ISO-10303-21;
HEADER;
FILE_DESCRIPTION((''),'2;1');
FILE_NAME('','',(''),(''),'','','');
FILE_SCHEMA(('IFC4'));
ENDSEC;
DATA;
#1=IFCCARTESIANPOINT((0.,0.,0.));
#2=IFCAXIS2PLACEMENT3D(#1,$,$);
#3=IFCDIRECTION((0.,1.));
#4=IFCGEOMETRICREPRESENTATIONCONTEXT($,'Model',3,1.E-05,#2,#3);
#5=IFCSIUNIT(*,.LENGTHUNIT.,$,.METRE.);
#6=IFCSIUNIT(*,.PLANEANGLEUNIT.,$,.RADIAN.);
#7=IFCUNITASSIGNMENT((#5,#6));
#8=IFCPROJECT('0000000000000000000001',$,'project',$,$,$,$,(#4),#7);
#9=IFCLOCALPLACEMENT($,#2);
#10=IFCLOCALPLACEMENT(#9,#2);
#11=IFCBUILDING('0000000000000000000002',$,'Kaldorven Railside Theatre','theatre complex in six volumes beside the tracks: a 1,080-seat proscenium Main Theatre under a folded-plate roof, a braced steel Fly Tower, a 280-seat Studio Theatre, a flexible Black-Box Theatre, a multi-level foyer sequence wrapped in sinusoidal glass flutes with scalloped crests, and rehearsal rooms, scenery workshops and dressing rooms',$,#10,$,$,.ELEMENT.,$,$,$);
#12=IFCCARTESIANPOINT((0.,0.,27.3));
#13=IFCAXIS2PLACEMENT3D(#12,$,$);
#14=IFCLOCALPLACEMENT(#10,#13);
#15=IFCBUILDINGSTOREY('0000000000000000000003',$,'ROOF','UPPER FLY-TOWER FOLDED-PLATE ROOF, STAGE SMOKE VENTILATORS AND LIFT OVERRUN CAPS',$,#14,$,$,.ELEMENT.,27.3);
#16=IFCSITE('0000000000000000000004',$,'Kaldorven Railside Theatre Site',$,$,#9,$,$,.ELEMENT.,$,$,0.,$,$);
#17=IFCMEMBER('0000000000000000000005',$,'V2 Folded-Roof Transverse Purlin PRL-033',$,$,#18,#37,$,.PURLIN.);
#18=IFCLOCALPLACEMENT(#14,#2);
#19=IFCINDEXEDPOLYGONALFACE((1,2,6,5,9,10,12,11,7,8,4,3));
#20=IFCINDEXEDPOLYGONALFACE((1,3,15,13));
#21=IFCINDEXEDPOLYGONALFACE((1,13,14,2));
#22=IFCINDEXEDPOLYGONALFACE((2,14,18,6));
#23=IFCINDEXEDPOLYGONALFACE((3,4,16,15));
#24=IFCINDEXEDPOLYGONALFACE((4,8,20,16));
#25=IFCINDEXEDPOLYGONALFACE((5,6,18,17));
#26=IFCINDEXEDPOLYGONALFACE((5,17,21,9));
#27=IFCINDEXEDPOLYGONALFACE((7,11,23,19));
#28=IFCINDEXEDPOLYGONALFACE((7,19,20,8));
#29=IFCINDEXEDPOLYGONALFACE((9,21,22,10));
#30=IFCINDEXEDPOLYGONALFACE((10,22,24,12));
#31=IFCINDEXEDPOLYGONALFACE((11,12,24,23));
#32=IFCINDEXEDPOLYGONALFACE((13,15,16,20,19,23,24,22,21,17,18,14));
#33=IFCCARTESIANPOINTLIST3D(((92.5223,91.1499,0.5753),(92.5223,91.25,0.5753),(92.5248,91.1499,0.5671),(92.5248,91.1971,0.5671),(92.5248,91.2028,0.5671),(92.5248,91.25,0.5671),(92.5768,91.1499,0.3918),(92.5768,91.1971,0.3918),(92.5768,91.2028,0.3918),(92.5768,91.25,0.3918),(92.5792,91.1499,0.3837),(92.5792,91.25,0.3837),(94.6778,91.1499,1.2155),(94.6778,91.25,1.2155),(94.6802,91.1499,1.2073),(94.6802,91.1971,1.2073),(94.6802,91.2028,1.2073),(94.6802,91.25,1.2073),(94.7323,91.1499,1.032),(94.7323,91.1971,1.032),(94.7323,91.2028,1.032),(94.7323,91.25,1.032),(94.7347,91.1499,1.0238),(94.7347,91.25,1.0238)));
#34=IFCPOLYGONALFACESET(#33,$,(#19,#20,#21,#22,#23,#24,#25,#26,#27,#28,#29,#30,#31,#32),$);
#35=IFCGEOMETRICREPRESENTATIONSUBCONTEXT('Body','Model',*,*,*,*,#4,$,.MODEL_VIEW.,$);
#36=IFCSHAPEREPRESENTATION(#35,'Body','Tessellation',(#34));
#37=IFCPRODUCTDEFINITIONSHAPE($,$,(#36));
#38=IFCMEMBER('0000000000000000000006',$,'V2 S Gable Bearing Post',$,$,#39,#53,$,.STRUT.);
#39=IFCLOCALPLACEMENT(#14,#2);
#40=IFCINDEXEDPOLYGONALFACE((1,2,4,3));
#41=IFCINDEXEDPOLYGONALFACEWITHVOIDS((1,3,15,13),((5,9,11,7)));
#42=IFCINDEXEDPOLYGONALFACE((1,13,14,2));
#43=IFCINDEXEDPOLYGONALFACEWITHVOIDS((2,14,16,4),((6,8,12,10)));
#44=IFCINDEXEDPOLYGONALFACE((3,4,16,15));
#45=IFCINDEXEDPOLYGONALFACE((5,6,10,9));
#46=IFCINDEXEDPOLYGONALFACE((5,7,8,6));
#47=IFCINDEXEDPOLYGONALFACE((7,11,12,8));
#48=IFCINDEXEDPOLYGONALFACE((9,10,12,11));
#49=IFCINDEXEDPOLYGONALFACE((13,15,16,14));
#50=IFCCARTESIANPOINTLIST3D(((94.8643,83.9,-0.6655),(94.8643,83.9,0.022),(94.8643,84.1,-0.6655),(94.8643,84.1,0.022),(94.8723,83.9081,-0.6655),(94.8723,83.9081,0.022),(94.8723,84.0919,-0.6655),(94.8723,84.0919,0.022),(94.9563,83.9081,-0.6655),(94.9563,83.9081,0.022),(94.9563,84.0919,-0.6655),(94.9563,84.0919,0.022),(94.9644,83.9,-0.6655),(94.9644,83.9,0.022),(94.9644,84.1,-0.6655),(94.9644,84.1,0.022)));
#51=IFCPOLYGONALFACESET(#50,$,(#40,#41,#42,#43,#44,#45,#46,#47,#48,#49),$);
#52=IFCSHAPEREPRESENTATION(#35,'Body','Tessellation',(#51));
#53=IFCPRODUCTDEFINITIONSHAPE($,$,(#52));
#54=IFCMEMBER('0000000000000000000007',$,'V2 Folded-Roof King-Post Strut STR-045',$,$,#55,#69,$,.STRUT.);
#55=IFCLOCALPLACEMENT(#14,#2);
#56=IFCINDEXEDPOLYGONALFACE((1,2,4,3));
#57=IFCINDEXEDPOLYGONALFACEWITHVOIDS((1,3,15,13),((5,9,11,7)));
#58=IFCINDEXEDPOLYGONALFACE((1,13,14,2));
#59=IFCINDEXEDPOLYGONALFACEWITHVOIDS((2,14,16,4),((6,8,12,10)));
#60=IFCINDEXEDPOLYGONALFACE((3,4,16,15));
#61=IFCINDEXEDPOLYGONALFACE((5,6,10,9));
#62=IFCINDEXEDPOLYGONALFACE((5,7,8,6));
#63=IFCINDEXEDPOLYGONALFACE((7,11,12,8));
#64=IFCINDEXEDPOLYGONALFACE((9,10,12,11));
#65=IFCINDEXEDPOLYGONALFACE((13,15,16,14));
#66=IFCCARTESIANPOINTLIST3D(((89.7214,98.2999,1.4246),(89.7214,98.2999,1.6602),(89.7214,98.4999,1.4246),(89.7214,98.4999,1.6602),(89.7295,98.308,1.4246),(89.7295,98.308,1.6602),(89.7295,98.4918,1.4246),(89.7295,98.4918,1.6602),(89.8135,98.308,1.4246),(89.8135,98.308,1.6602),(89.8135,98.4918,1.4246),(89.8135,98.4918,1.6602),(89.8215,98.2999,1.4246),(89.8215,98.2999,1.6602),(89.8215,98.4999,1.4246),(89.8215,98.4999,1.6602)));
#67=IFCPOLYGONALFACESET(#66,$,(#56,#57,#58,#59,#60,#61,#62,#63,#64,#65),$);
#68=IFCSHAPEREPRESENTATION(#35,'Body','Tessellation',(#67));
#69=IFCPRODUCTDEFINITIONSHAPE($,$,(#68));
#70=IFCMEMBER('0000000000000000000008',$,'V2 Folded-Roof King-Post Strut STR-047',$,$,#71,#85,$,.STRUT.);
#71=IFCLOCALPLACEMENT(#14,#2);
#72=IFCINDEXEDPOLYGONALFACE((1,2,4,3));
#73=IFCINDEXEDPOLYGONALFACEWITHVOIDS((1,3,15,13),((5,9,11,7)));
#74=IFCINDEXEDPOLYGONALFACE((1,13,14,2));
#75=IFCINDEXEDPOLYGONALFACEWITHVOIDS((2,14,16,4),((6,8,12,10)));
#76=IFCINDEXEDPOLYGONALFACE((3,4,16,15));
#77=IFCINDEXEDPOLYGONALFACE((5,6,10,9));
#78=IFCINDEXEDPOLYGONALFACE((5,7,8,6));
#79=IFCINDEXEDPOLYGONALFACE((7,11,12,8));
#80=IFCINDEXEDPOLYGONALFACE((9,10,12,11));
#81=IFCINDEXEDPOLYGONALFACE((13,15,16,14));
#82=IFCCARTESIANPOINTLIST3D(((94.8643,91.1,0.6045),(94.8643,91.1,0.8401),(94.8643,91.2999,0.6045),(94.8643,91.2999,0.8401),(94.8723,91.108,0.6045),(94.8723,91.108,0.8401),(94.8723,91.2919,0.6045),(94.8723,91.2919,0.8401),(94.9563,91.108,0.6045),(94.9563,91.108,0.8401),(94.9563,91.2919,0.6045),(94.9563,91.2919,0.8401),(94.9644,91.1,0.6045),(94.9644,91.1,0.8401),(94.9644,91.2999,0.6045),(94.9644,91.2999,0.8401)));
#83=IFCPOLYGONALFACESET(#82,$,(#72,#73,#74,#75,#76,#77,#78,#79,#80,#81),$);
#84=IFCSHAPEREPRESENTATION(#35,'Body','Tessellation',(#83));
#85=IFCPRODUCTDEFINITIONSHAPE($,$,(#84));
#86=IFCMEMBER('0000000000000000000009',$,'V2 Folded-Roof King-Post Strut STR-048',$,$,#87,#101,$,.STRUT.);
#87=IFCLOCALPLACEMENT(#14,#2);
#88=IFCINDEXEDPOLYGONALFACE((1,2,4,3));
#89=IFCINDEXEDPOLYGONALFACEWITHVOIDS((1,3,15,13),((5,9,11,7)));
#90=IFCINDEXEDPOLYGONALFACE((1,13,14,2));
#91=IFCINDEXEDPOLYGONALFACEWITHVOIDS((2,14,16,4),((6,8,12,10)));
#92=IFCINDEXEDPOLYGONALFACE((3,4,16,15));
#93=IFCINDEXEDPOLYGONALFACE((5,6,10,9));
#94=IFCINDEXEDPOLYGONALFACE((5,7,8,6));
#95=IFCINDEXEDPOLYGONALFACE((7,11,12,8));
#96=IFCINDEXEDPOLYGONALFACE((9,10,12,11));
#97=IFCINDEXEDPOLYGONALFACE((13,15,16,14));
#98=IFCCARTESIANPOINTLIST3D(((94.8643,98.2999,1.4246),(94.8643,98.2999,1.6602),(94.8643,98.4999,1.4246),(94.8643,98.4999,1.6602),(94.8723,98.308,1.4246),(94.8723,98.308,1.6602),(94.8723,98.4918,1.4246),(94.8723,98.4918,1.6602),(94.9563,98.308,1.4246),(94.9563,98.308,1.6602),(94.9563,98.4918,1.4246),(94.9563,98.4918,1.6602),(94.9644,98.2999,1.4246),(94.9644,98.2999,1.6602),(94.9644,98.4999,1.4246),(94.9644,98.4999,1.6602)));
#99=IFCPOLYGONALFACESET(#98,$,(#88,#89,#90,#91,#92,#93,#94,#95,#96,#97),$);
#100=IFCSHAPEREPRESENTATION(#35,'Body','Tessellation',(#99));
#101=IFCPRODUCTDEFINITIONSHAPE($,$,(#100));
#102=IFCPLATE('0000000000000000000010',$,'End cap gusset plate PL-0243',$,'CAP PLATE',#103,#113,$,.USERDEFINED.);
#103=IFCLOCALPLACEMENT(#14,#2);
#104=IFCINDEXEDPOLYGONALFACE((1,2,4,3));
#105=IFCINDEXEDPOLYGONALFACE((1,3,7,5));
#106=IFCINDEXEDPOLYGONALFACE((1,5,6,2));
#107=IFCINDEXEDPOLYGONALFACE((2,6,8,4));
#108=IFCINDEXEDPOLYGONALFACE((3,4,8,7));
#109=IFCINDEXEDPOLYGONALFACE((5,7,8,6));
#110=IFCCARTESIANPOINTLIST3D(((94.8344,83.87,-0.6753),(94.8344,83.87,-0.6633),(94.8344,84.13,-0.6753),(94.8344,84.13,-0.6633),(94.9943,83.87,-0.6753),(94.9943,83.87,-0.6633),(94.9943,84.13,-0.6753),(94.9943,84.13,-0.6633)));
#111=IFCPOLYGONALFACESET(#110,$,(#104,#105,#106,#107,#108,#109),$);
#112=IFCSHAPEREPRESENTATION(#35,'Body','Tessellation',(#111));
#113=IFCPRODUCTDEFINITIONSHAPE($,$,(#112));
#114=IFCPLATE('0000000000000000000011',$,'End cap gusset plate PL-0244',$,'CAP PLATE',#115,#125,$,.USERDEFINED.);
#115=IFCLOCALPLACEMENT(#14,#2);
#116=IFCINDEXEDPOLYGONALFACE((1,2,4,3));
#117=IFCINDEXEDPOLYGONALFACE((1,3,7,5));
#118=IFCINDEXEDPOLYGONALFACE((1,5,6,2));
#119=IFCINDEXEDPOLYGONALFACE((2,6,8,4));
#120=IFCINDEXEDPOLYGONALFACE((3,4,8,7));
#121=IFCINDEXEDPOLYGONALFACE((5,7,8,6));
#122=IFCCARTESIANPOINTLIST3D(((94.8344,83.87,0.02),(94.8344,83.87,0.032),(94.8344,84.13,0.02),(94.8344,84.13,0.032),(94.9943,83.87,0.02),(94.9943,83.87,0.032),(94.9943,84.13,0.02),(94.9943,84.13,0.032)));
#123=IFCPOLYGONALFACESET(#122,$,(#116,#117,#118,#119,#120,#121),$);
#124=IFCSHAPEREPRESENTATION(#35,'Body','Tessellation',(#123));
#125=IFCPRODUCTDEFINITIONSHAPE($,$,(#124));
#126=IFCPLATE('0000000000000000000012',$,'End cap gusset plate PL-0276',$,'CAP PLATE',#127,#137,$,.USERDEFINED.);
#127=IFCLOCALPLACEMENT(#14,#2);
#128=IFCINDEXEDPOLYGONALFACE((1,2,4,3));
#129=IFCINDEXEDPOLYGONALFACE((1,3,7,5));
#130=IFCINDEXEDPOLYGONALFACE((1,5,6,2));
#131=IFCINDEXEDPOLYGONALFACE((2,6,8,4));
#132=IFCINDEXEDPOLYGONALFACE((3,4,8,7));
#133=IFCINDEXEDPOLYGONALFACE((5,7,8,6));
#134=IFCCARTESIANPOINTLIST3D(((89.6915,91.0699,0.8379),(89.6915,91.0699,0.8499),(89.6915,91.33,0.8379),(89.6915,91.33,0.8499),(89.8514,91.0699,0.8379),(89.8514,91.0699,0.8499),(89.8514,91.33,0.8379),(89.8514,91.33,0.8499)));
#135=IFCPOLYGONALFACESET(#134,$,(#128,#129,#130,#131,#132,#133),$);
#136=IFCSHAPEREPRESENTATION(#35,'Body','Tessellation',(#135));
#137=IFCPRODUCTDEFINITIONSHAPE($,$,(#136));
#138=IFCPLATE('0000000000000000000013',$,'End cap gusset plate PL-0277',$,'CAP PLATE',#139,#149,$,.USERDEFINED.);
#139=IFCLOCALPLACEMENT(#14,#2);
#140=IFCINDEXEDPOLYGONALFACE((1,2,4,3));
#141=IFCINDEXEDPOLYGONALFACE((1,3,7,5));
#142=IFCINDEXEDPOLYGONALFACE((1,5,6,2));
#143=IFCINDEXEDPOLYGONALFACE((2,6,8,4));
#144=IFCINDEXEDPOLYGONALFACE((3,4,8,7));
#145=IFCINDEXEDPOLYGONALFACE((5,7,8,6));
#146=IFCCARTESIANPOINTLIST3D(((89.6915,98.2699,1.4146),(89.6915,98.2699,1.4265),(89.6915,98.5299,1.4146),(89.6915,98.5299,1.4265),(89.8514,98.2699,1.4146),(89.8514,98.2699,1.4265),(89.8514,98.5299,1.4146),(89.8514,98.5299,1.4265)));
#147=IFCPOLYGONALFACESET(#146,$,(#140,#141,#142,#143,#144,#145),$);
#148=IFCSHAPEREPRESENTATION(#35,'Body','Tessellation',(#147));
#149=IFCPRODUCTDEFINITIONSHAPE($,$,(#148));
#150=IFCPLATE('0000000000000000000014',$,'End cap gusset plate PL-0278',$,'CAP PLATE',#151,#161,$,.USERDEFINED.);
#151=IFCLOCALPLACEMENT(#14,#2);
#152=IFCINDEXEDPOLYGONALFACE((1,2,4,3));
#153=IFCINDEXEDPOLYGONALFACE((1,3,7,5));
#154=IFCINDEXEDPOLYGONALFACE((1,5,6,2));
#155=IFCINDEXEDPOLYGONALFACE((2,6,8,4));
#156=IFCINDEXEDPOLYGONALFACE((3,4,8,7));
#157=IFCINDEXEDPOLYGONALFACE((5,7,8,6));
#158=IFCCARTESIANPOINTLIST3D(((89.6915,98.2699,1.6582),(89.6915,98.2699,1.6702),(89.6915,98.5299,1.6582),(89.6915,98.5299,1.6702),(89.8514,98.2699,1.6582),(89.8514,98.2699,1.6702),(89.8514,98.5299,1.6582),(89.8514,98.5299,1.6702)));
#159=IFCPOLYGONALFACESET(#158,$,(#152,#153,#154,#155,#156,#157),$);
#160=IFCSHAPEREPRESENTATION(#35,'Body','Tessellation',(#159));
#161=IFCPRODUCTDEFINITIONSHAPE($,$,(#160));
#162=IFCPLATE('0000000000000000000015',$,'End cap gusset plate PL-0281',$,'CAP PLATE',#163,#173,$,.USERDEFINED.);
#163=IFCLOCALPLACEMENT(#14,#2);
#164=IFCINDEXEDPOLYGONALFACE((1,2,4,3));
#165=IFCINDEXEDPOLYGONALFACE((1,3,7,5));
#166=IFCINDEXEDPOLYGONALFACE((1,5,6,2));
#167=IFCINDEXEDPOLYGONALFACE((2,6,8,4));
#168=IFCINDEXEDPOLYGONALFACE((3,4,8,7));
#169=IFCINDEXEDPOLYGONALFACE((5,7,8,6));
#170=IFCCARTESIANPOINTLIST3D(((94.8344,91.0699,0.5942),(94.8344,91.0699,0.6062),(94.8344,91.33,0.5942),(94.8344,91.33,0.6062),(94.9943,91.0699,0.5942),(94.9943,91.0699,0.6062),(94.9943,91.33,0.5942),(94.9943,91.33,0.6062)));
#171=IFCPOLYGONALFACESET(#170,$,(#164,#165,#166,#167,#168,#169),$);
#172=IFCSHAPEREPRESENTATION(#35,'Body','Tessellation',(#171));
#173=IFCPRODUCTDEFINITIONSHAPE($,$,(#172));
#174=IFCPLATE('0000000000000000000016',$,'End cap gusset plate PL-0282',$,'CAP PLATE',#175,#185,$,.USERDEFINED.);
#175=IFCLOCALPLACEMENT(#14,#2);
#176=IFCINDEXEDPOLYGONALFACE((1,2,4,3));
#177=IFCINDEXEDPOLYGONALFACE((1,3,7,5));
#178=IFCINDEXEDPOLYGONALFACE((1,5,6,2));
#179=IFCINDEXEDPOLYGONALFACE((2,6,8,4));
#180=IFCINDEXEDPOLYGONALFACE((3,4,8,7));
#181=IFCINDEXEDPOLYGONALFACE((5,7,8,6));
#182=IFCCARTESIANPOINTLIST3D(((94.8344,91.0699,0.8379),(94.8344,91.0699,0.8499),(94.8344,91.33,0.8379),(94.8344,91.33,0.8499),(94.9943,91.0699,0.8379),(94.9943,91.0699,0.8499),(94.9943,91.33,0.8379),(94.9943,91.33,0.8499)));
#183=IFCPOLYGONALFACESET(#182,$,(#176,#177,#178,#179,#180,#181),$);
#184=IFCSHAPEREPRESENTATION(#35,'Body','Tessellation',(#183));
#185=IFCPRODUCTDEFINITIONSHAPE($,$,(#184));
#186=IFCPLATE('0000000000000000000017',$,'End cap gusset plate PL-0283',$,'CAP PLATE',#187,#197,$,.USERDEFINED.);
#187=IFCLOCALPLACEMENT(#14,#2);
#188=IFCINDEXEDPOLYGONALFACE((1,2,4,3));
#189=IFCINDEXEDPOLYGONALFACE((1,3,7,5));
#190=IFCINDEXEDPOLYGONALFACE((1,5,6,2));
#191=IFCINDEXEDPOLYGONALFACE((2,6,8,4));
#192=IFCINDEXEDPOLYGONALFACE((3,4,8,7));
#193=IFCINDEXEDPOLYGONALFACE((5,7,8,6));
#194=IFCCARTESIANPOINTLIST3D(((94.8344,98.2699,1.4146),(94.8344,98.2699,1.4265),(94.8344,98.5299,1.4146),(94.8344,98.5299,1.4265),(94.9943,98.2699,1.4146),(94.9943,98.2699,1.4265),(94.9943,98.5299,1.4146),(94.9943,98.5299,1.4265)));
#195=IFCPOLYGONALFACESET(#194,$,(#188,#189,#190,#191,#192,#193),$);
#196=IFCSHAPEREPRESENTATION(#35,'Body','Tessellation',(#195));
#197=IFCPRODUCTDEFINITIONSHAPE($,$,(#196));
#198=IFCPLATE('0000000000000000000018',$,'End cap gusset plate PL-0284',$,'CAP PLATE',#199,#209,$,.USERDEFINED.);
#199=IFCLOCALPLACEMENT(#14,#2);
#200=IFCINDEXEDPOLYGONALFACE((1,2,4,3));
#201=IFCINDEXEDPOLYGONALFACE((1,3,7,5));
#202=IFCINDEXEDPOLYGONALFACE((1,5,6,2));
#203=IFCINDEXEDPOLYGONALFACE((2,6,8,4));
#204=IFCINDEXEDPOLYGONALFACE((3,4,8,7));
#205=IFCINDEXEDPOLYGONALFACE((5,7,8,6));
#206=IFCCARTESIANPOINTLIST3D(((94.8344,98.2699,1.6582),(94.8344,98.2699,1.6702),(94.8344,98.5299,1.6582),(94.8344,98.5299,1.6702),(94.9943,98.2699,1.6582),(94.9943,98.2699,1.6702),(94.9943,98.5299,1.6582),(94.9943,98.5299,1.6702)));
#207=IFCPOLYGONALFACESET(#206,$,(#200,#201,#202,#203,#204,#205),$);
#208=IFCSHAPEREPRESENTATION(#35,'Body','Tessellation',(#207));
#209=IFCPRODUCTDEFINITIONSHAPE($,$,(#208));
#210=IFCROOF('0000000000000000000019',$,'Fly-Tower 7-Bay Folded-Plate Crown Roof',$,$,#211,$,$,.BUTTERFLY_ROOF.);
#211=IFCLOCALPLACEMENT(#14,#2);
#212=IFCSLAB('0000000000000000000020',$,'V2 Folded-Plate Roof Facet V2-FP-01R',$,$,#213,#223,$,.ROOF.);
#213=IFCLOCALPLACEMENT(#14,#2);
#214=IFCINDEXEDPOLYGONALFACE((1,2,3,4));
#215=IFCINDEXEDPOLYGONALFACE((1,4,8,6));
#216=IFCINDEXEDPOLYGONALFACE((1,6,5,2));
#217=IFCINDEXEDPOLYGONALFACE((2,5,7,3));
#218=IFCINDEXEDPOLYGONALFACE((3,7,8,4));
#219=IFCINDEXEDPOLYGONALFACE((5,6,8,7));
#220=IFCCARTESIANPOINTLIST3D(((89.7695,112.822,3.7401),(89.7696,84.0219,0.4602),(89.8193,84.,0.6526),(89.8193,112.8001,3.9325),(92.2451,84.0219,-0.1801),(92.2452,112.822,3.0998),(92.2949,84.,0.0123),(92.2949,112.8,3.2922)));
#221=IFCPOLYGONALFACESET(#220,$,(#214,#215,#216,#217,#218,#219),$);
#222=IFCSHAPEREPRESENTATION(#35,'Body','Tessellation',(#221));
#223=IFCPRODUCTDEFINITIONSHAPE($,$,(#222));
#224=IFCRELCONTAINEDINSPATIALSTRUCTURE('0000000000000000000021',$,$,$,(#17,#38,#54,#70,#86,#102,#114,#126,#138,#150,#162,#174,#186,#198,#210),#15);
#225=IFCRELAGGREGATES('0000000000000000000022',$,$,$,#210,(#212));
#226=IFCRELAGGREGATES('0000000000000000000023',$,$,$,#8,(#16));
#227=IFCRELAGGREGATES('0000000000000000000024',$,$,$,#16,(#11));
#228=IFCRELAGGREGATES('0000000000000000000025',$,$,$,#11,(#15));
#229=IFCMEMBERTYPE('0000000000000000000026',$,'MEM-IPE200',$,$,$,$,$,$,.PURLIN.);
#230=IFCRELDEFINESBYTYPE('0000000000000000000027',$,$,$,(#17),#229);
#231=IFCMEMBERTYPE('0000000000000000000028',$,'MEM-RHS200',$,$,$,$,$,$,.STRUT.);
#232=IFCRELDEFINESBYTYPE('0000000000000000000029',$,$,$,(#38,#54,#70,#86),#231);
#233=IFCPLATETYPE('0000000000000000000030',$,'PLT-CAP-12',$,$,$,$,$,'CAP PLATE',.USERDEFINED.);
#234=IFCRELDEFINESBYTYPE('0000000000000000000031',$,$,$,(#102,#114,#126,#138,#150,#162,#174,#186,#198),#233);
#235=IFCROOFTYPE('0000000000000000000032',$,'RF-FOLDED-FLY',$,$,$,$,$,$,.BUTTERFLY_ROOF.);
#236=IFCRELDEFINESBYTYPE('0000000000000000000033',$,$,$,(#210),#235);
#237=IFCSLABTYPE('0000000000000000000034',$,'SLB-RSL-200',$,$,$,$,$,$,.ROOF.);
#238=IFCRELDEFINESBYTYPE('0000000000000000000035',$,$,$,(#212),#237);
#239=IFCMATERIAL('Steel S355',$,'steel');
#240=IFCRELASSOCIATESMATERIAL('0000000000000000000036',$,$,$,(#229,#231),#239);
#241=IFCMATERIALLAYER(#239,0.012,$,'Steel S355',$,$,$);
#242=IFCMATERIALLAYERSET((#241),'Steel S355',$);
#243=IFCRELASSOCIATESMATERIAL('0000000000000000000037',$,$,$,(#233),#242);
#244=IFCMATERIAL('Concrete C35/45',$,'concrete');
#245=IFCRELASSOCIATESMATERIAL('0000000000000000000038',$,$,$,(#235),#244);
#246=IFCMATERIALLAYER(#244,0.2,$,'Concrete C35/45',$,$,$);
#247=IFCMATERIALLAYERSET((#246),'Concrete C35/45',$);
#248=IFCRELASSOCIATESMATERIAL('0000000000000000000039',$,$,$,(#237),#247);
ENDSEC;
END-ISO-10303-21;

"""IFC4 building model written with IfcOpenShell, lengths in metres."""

from ifc_helpers import new_model, si_unit, direction, frame, origin, origin_2d, place, context, subcontext, project, spatial, polyline, rectangle, hollow_rectangle, i_section, outline, extrude, material, layer, layer_set, material_profile, profile_set, type_object, element, aggregate, save


model = new_model("IFC4")

# Units and contexts
model_context = context("Model", 3, precision=1e-05, world=origin(), true_north=direction((0.0, 1.0)))
body_context = subcontext(model_context, "Body", "Model", "MODEL_VIEW")
ifc_project = project(units=[si_unit("LENGTHUNIT", "METRE"), si_unit("PLANEANGLEUNIT", "RADIAN")], contexts=[model_context])

# Site, building, storey
site_placement = place(None, origin())
site = spatial("IfcSite", under=ifc_project, at=site_placement, Name="Kaldorven Railside Theatre Site", CompositionType="ELEMENT", RefElevation=0.0)
building_placement = place(site_placement, origin())
building = spatial("IfcBuilding", under=site, at=building_placement, Name="Kaldorven Railside Theatre", Description="theatre complex in six volumes beside the tracks: a 1,080-seat proscenium Main Theatre under a folded-plate roof, a braced steel Fly Tower, a 280-seat Studio Theatre, a flexible Black-Box Theatre, a multi-level foyer sequence wrapped in sinusoidal glass flutes with scalloped crests, and rehearsal rooms, scenery workshops and dressing rooms", CompositionType="ELEMENT")
storey_placement = place(building_placement, frame((0.0, 0.0, 27.3)))
storey = spatial("IfcBuildingStorey", under=building, at=storey_placement, Name="ROOF", Description="UPPER FLY-TOWER FOLDED-PLATE ROOF, STAGE SMOKE VENTILATORS AND LIFT OVERRUN CAPS", CompositionType="ELEMENT", Elevation=27.3)

# Shared definitions
ifc_material_1 = material(Name="Steel S355", Category="steel")

# Members
ifc_material_profile_1 = material_profile(ifc_material_1, i_section(OverallWidth=0.1001, OverallDepth=0.2, WebThickness=0.0056, FlangeThickness=0.0085, at=origin_2d()), Name="IPE 200")
ifc_profile_set_1 = profile_set([ifc_material_profile_1], Name="Steel S355")
member_type_1 = type_object("IfcMemberType", Name="MEM-IPE200", PredefinedType="PURLIN", material=ifc_profile_set_1)
for number, where, z_axis, x_axis, name in (
    (1, (92.5508, 91.2, 0.4795), (0.95862, 0.0, 0.284687), (0.0, 1.0, 0.0), "V2 Folded-Roof Transverse Purlin PRL-033"),
):
    element("IfcMember", number, at=place(storey_placement, frame(where, z_axis=z_axis, x_axis=x_axis)), inside=storey, type_object=member_type_1, Name=name, PredefinedType="PURLIN", context=body_context, shape_type="SweptSolid", body=[
        extrude(i_section(OverallWidth=0.1001, OverallDepth=0.2, WebThickness=0.0056, FlangeThickness=0.0085, at=origin_2d()), origin(), (0.0, 0.0, 1.0), 2.2485),
    ])
ifc_material_profile_2 = material_profile(ifc_material_1, hollow_rectangle(XDim=0.1001, YDim=0.2, WallThickness=0.0081, at=origin_2d()), Name="RHS 200x100x8")
ifc_profile_set_2 = profile_set([ifc_material_profile_2], Name="Steel S355")
member_type_2 = type_object("IfcMemberType", Name="MEM-RHS200", PredefinedType="STRUT", material=ifc_profile_set_2)
member_placement = place(storey_placement, frame((94.9143, 84.0, -0.6655), z_axis=(0.0, 0.0, 1.0), x_axis=(1.0, 0.0, 0.0)))
element("IfcMember", 2, at=member_placement, inside=storey, type_object=member_type_2, Name="V2 S Gable Bearing Post", PredefinedType="STRUT", context=body_context, shape_type="SweptSolid", body=[
    extrude(hollow_rectangle(XDim=0.1001, YDim=0.2, WallThickness=0.0081, at=origin_2d()), origin(), (0.0, 0.0, 1.0), 0.6875),
])
for number, where, z_axis, x_axis, name in (
    (3, (89.7715, 98.3999, 1.4246), (0.0, 0.0, 1.0), (1.0, 0.0, 0.0), "V2 Folded-Roof King-Post Strut STR-045"),
    (4, (94.9143, 91.2, 0.6045), (0.0, 0.0, 1.0), (1.0, 0.0, 0.0), "V2 Folded-Roof King-Post Strut STR-047"),
    (5, (94.9143, 98.3999, 1.4246), (0.0, 0.0, 1.0), (1.0, 0.0, 0.0), "V2 Folded-Roof King-Post Strut STR-048"),
):
    element("IfcMember", number, at=place(storey_placement, frame(where, z_axis=z_axis, x_axis=x_axis)), inside=storey, type_object=member_type_2, Name=name, PredefinedType="STRUT", context=body_context, shape_type="SweptSolid", body=[
        extrude(hollow_rectangle(XDim=0.1001, YDim=0.2, WallThickness=0.0081, at=origin_2d()), origin(), (0.0, 0.0, 1.0), 0.2356),
    ])

# Plates
ifc_layer_1 = layer(ifc_material_1, 0.012, Name="Steel S355")
ifc_layer_set_1 = layer_set([ifc_layer_1], Name="Steel S355")
plate_type = type_object("IfcPlateType", Name="PLT-CAP-12", ElementType="CAP PLATE", PredefinedType="USERDEFINED", material=ifc_layer_set_1)
for number, where, z_axis, x_axis, name in (
    (6, (94.9143, 84.0, -0.6753), (0.0, 0.0, 1.0), (1.0, 0.0, 0.0), "End cap gusset plate PL-0243"),
    (7, (94.9143, 84.0, 0.02), (0.0, 0.0, 1.0), (1.0, 0.0, 0.0), "End cap gusset plate PL-0244"),
    (8, (89.7715, 91.2, 0.8379), (0.0, 0.0, 1.0), (1.0, 0.0, 0.0), "End cap gusset plate PL-0276"),
    (9, (89.7715, 98.3999, 1.4146), (0.0, 0.0, 1.0), (1.0, 0.0, 0.0), "End cap gusset plate PL-0277"),
    (10, (89.7715, 98.3999, 1.6582), (0.0, 0.0, 1.0), (1.0, 0.0, 0.0), "End cap gusset plate PL-0278"),
    (11, (94.9143, 91.2, 0.5942), (0.0, 0.0, 1.0), (1.0, 0.0, 0.0), "End cap gusset plate PL-0281"),
    (12, (94.9143, 91.2, 0.8379), (0.0, 0.0, 1.0), (1.0, 0.0, 0.0), "End cap gusset plate PL-0282"),
    (13, (94.9143, 98.3999, 1.4146), (0.0, 0.0, 1.0), (1.0, 0.0, 0.0), "End cap gusset plate PL-0283"),
    (14, (94.9143, 98.3999, 1.6582), (0.0, 0.0, 1.0), (1.0, 0.0, 0.0), "End cap gusset plate PL-0284"),
):
    element("IfcPlate", number, at=place(storey_placement, frame(where, z_axis=z_axis, x_axis=x_axis)), inside=storey, type_object=plate_type, Name=name, ObjectType="CAP PLATE", PredefinedType="USERDEFINED", context=body_context, shape_type="SweptSolid", body=[
        extrude(rectangle(XDim=0.1599, YDim=0.26, at=origin_2d()), origin(), (0.0, 0.0, 1.0), 0.012),
    ])

# Roof, slab
ifc_material_2 = material(Name="Concrete C35/45", Category="concrete")
roof_type = type_object("IfcRoofType", Name="RF-FOLDED-FLY", PredefinedType="BUTTERFLY_ROOF", material=ifc_material_2)
roof_placement = place(storey_placement, origin())
roof = element("IfcRoof", 15, at=roof_placement, inside=storey, type_object=roof_type, Name="Fly-Tower 7-Bay Folded-Plate Crown Roof", PredefinedType="BUTTERFLY_ROOF")
ifc_layer_2 = layer(ifc_material_2, 0.2, Name="Concrete C35/45")
ifc_layer_set_2 = layer_set([ifc_layer_2], Name="Concrete C35/45")
slab_type = type_object("IfcSlabType", Name="SLB-RSL-200", PredefinedType="ROOF", material=ifc_layer_set_2)
slab_1_placement = place(storey_placement, frame((89.8193, 84.0, 0.6526), z_axis=(0.248882, -0.109594, 0.962313), x_axis=(0.968145, 0.000005, -0.25039)))
slab_1 = element("IfcSlab", 16, at=slab_1_placement, type_object=slab_type, Name="V2 Folded-Plate Roof Facet V2-FP-01R", PredefinedType="ROOF", context=body_context, shape_type="SweptSolid", body=[
    extrude(outline(polyline([(0.0, 0.0), (2.557, 0.0), (1.7359, 28.9746), (-0.8211, 28.9746), (0.0, 0.0)])), origin(), (0.0, 0.0, -1.0), 0.2),
])
aggregate(roof, [slab_1])

save(model, "model.ifc")
